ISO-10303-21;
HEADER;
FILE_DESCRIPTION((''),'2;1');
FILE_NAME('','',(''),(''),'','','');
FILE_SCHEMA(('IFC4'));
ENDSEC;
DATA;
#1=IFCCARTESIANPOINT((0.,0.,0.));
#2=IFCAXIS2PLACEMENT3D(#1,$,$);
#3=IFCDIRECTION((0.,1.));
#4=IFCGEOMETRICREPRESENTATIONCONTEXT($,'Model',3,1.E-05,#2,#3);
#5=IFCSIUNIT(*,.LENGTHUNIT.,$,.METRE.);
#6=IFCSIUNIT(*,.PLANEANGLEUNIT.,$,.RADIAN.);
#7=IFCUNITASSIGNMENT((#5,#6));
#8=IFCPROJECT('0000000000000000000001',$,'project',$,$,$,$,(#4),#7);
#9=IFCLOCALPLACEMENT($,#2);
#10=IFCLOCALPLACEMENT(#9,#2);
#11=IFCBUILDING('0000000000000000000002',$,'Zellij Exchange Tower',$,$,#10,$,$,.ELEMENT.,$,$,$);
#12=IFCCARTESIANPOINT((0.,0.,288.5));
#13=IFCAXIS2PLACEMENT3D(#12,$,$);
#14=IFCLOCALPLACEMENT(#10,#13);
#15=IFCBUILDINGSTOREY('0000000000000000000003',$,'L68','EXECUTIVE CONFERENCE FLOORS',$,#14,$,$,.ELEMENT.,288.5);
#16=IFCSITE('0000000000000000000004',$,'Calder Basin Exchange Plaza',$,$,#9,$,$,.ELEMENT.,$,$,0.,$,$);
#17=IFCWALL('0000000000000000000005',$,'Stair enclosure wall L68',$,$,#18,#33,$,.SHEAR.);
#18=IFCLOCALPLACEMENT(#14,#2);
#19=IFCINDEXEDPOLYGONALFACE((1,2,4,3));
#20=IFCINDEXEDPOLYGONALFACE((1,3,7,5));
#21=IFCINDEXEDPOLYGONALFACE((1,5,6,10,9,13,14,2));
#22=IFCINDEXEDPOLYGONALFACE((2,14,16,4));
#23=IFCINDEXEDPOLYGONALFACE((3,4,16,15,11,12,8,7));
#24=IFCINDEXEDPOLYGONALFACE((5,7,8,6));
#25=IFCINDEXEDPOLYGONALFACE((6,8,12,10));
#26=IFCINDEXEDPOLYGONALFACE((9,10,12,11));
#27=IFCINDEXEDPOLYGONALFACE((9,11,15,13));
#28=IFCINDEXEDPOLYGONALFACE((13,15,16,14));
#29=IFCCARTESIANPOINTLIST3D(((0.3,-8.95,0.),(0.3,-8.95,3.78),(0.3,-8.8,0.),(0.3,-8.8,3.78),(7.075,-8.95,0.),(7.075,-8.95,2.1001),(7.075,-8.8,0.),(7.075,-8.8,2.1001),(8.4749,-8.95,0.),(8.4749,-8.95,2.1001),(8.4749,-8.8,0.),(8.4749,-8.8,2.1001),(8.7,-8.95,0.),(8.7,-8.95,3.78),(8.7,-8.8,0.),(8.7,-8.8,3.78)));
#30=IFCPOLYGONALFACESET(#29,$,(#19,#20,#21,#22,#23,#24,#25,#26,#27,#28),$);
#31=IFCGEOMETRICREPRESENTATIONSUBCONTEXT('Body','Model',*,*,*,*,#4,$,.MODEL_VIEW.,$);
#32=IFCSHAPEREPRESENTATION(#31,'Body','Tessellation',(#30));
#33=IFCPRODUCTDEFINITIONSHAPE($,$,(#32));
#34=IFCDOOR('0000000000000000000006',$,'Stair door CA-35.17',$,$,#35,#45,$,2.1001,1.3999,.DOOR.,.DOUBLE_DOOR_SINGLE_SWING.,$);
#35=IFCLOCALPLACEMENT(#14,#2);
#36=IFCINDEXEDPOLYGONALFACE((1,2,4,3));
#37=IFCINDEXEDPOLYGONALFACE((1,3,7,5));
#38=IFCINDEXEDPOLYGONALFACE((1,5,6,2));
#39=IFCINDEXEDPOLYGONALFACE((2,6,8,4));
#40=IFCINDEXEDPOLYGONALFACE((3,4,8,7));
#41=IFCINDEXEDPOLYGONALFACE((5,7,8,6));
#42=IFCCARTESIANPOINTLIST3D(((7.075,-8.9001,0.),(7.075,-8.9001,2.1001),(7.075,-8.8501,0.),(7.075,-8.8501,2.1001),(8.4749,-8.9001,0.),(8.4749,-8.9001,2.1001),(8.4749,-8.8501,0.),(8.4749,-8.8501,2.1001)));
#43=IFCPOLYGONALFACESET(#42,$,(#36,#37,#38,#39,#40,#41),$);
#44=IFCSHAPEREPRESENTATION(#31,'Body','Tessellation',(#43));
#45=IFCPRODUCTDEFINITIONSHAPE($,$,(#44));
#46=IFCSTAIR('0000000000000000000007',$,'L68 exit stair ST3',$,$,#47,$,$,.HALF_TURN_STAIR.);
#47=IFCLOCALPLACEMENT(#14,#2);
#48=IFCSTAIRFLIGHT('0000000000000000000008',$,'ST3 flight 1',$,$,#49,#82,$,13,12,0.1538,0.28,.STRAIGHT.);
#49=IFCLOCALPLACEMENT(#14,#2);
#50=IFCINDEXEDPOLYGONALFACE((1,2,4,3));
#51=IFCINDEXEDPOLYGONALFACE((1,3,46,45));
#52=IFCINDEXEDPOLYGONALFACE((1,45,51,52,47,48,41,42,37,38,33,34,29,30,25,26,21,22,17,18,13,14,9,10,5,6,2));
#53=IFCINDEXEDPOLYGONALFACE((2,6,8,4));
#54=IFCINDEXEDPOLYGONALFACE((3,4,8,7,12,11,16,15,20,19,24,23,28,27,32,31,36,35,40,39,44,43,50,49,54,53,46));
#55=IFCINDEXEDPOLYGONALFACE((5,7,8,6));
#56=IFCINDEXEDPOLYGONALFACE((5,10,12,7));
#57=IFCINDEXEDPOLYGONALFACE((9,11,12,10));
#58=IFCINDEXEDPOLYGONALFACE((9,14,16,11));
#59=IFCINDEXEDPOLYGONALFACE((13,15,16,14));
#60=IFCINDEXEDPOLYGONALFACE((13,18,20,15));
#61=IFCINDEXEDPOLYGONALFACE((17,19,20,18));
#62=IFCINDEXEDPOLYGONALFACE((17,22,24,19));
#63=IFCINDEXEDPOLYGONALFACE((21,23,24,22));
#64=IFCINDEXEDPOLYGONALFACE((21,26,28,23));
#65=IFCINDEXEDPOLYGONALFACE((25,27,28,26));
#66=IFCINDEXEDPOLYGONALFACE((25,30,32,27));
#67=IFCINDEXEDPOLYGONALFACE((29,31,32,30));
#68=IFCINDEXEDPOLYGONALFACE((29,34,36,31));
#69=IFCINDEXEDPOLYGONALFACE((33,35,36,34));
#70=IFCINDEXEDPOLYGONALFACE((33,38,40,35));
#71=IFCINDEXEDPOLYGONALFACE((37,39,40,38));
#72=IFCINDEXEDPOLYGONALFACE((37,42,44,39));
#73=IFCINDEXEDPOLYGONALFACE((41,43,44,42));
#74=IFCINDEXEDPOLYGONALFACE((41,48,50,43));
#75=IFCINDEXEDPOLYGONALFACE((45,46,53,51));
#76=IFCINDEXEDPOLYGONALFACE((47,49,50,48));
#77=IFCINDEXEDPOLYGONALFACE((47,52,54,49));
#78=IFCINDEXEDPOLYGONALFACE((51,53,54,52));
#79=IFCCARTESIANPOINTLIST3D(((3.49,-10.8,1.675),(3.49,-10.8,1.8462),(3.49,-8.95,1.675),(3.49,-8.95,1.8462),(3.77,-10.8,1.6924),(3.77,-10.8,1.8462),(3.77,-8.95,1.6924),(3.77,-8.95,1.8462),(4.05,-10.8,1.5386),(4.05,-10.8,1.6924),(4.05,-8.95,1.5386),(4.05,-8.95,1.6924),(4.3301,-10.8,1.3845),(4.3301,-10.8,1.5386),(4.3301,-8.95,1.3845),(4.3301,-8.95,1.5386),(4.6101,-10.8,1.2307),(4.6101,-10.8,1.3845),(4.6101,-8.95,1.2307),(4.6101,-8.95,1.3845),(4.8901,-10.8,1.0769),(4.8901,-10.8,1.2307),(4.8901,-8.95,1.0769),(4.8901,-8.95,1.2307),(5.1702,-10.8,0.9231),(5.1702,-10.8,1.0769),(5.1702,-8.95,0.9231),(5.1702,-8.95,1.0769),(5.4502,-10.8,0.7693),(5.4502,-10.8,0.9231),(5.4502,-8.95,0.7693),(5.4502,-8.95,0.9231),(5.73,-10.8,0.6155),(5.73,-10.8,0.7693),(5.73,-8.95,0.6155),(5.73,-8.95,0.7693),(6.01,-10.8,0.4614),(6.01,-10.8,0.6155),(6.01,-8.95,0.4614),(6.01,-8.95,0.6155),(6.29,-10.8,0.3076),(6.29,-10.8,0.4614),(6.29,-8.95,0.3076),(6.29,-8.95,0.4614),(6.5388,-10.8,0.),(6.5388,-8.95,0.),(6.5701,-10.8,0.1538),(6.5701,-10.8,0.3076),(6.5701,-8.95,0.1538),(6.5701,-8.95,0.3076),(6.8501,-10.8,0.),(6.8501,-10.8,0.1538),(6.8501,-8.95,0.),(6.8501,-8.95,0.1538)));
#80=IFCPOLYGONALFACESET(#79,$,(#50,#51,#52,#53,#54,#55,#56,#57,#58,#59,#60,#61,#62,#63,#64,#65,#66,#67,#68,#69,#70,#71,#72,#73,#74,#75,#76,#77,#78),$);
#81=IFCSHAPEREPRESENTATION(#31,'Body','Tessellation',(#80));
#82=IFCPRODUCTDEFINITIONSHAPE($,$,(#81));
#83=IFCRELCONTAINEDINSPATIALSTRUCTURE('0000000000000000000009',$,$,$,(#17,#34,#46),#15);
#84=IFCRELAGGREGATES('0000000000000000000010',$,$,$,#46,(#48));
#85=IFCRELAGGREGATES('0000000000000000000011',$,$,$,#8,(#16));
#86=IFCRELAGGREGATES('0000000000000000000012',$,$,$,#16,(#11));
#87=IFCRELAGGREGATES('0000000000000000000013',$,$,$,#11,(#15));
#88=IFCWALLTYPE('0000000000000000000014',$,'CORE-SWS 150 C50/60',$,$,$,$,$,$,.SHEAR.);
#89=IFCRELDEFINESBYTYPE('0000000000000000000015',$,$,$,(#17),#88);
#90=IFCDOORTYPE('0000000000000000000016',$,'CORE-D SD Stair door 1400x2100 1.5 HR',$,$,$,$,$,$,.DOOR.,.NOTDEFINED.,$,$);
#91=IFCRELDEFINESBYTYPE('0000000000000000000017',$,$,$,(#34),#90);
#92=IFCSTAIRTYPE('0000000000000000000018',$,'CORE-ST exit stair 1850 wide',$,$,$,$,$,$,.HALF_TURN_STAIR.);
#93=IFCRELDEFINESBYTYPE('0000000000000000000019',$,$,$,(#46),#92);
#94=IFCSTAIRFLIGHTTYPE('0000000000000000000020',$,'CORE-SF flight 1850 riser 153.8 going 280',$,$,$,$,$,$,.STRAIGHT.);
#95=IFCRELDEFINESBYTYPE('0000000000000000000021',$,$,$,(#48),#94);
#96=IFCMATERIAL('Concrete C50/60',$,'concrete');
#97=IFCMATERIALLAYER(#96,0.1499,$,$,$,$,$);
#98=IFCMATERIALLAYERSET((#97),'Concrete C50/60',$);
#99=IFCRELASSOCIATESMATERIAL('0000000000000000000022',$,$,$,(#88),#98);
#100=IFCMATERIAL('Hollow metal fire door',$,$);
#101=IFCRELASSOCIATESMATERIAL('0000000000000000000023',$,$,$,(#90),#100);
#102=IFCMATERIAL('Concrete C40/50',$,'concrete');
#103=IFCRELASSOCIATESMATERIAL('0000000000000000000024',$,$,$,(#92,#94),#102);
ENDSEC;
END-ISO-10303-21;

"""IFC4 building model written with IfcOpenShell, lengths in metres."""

from ifc_helpers import new_model, si_unit, direction, frame, frame_2d, origin, place, context, subcontext, project, spatial, polyline, rectangle, outline, extrude, material, layer, layer_set, type_object, element, fill, aggregate, save


model = new_model("IFC4")

# Units and contexts
model_context = context("Model", 3, precision=1e-05, world=origin(), true_north=direction((0.0, 1.0)))
body_context = subcontext(model_context, "Body", "Model", "MODEL_VIEW")
ifc_project = project(units=[si_unit("LENGTHUNIT", "METRE"), si_unit("PLANEANGLEUNIT", "RADIAN")], contexts=[model_context])

# Site, building, storey
site_placement = place(None, origin())
site = spatial("IfcSite", under=ifc_project, at=site_placement, Name="Calder Basin Exchange Plaza", CompositionType="ELEMENT", RefElevation=0.0)
building_placement = place(site_placement, origin())
building = spatial("IfcBuilding", under=site, at=building_placement, Name="Zellij Exchange Tower", CompositionType="ELEMENT")
storey_placement = place(building_placement, frame((0.0, 0.0, 288.5)))
storey = spatial("IfcBuildingStorey", under=building, at=storey_placement, Name="L68", Description="EXECUTIVE CONFERENCE FLOORS", CompositionType="ELEMENT", Elevation=288.5)

# Shared definitions
ifc_material_1 = material(Name="Concrete C50/60", Category="concrete")

# Shared definitions
ifc_material_2 = material(Name="Hollow metal fire door")

# Wall, opening, door
ifc_layer_1 = layer(ifc_material_1, 0.1499)
ifc_layer_set_1 = layer_set([ifc_layer_1], Name="Concrete C50/60")
wall_type_1 = type_object("IfcWallType", Name="CORE-SWS 150 C50/60", PredefinedType="SHEAR", material=ifc_layer_set_1)
wall_1_placement = place(storey_placement, frame((0.3, -8.875, 0.0), z_axis=(0.0, 0.0, 1.0), x_axis=(1.0, 0.0, 0.0)))
wall_1 = element("IfcWall", 1, at=wall_1_placement, inside=storey, type_object=wall_type_1, Name="Stair enclosure wall L68", PredefinedType="SHEAR", context=body_context, shape_type="SweptSolid", body=[
    extrude(rectangle(XDim=8.3999, YDim=0.1499, at=frame_2d((4.2, 0.0))), origin(), (0.0, 0.0, 1.0), 3.78),
])
opening_1_placement = place(wall_1_placement, frame((6.7749, 0.0, 0.0)))
opening_1 = element("IfcOpeningElement", 2, at=opening_1_placement, cuts=wall_1, PredefinedType="OPENING", context=body_context, shape_type="SweptSolid", body=[
    extrude(rectangle(XDim=1.3999, YDim=2.1001, at=frame_2d((0.7, 1.05))), frame((0.0, 0.0869, 0.0), z_axis=(0.0, -1.0, 0.0), x_axis=(1.0, 0.0, 0.0)), (0.0, 0.0, 1.0), 0.1738),
])
door_type_1 = type_object("IfcDoorType", Name="CORE-D SD Stair door 1400x2100 1.5 HR", OperationType="NOTDEFINED", PredefinedType="DOOR", material=ifc_material_2)
door_1_placement = place(opening_1_placement, origin())
door_1 = element("IfcDoor", 3, at=door_1_placement, inside=storey, type_object=door_type_1, Name="Stair door CA-35.17", OperationType="DOUBLE_DOOR_SINGLE_SWING", OverallHeight=2.1001, OverallWidth=1.3999, PredefinedType="DOOR", context=body_context, shape_type="SweptSolid", body=[
    extrude(rectangle(XDim=1.3999, YDim=2.1001, at=frame_2d((0.7, 1.05))), frame((0.0, 0.0249, 0.0), z_axis=(0.0, -1.0, 0.0), x_axis=(1.0, 0.0, 0.0)), (0.0, 0.0, 1.0), 0.05),
])
fill(opening_1, door_1)

# Stair, stair flight
ifc_material_3 = material(Name="Concrete C40/50", Category="concrete")
stair_type = type_object("IfcStairType", Name="CORE-ST exit stair 1850 wide", PredefinedType="HALF_TURN_STAIR", material=ifc_material_3)
stair_placement = place(storey_placement, origin())
stair = element("IfcStair", 4, at=stair_placement, inside=storey, type_object=stair_type, Name="L68 exit stair ST3", PredefinedType="HALF_TURN_STAIR")
stair_flight_type = type_object("IfcStairFlightType", Name="CORE-SF flight 1850 riser 153.8 going 280", PredefinedType="STRAIGHT", material=ifc_material_3)
stair_flight_placement = place(storey_placement, frame((6.8501, -9.875, 0.0), z_axis=(0.0, 0.0, 1.0), x_axis=(-1.0, 0.0, 0.0)))
stair_flight = element("IfcStairFlight", 5, at=stair_flight_placement, type_object=stair_flight_type, Name="ST3 flight 1", NumberOfRisers=13, NumberOfTreads=12, PredefinedType="STRAIGHT", RiserHeight=0.1538, TreadLength=0.28, context=body_context, shape_type="SweptSolid", body=[
    extrude(outline(polyline([(0.0, 0.0), (0.0, 0.1538), (0.28, 0.1538), (0.28, 0.3076), (0.5601, 0.3076), (0.5601, 0.4614), (0.8401, 0.4614), (0.8401, 0.6155), (1.1201, 0.6155), (1.1201, 0.7693), (1.3999, 0.7693), (1.3999, 0.9231), (1.6799, 0.9231), (1.6799, 1.0769), (1.96, 1.0769), (1.96, 1.2307), (2.24, 1.2307), (2.24, 1.3845), (2.52, 1.3845), (2.52, 1.5386), (2.8, 1.5386), (2.8, 1.6924), (3.0801, 1.6924), (3.0801, 1.8462), (3.3601, 1.8462), (3.3601, 2.0), (3.3601, 1.675), (0.3113, 0.0), (0.0, 0.0)])), frame((0.0, 0.925, 0.0), z_axis=(0.0, -1.0, 0.0), x_axis=(1.0, 0.0, 0.0)), (0.0, 0.0, 1.0), 1.8501),
])
aggregate(stair, [stair_flight])

save(model, "model.ifc")
